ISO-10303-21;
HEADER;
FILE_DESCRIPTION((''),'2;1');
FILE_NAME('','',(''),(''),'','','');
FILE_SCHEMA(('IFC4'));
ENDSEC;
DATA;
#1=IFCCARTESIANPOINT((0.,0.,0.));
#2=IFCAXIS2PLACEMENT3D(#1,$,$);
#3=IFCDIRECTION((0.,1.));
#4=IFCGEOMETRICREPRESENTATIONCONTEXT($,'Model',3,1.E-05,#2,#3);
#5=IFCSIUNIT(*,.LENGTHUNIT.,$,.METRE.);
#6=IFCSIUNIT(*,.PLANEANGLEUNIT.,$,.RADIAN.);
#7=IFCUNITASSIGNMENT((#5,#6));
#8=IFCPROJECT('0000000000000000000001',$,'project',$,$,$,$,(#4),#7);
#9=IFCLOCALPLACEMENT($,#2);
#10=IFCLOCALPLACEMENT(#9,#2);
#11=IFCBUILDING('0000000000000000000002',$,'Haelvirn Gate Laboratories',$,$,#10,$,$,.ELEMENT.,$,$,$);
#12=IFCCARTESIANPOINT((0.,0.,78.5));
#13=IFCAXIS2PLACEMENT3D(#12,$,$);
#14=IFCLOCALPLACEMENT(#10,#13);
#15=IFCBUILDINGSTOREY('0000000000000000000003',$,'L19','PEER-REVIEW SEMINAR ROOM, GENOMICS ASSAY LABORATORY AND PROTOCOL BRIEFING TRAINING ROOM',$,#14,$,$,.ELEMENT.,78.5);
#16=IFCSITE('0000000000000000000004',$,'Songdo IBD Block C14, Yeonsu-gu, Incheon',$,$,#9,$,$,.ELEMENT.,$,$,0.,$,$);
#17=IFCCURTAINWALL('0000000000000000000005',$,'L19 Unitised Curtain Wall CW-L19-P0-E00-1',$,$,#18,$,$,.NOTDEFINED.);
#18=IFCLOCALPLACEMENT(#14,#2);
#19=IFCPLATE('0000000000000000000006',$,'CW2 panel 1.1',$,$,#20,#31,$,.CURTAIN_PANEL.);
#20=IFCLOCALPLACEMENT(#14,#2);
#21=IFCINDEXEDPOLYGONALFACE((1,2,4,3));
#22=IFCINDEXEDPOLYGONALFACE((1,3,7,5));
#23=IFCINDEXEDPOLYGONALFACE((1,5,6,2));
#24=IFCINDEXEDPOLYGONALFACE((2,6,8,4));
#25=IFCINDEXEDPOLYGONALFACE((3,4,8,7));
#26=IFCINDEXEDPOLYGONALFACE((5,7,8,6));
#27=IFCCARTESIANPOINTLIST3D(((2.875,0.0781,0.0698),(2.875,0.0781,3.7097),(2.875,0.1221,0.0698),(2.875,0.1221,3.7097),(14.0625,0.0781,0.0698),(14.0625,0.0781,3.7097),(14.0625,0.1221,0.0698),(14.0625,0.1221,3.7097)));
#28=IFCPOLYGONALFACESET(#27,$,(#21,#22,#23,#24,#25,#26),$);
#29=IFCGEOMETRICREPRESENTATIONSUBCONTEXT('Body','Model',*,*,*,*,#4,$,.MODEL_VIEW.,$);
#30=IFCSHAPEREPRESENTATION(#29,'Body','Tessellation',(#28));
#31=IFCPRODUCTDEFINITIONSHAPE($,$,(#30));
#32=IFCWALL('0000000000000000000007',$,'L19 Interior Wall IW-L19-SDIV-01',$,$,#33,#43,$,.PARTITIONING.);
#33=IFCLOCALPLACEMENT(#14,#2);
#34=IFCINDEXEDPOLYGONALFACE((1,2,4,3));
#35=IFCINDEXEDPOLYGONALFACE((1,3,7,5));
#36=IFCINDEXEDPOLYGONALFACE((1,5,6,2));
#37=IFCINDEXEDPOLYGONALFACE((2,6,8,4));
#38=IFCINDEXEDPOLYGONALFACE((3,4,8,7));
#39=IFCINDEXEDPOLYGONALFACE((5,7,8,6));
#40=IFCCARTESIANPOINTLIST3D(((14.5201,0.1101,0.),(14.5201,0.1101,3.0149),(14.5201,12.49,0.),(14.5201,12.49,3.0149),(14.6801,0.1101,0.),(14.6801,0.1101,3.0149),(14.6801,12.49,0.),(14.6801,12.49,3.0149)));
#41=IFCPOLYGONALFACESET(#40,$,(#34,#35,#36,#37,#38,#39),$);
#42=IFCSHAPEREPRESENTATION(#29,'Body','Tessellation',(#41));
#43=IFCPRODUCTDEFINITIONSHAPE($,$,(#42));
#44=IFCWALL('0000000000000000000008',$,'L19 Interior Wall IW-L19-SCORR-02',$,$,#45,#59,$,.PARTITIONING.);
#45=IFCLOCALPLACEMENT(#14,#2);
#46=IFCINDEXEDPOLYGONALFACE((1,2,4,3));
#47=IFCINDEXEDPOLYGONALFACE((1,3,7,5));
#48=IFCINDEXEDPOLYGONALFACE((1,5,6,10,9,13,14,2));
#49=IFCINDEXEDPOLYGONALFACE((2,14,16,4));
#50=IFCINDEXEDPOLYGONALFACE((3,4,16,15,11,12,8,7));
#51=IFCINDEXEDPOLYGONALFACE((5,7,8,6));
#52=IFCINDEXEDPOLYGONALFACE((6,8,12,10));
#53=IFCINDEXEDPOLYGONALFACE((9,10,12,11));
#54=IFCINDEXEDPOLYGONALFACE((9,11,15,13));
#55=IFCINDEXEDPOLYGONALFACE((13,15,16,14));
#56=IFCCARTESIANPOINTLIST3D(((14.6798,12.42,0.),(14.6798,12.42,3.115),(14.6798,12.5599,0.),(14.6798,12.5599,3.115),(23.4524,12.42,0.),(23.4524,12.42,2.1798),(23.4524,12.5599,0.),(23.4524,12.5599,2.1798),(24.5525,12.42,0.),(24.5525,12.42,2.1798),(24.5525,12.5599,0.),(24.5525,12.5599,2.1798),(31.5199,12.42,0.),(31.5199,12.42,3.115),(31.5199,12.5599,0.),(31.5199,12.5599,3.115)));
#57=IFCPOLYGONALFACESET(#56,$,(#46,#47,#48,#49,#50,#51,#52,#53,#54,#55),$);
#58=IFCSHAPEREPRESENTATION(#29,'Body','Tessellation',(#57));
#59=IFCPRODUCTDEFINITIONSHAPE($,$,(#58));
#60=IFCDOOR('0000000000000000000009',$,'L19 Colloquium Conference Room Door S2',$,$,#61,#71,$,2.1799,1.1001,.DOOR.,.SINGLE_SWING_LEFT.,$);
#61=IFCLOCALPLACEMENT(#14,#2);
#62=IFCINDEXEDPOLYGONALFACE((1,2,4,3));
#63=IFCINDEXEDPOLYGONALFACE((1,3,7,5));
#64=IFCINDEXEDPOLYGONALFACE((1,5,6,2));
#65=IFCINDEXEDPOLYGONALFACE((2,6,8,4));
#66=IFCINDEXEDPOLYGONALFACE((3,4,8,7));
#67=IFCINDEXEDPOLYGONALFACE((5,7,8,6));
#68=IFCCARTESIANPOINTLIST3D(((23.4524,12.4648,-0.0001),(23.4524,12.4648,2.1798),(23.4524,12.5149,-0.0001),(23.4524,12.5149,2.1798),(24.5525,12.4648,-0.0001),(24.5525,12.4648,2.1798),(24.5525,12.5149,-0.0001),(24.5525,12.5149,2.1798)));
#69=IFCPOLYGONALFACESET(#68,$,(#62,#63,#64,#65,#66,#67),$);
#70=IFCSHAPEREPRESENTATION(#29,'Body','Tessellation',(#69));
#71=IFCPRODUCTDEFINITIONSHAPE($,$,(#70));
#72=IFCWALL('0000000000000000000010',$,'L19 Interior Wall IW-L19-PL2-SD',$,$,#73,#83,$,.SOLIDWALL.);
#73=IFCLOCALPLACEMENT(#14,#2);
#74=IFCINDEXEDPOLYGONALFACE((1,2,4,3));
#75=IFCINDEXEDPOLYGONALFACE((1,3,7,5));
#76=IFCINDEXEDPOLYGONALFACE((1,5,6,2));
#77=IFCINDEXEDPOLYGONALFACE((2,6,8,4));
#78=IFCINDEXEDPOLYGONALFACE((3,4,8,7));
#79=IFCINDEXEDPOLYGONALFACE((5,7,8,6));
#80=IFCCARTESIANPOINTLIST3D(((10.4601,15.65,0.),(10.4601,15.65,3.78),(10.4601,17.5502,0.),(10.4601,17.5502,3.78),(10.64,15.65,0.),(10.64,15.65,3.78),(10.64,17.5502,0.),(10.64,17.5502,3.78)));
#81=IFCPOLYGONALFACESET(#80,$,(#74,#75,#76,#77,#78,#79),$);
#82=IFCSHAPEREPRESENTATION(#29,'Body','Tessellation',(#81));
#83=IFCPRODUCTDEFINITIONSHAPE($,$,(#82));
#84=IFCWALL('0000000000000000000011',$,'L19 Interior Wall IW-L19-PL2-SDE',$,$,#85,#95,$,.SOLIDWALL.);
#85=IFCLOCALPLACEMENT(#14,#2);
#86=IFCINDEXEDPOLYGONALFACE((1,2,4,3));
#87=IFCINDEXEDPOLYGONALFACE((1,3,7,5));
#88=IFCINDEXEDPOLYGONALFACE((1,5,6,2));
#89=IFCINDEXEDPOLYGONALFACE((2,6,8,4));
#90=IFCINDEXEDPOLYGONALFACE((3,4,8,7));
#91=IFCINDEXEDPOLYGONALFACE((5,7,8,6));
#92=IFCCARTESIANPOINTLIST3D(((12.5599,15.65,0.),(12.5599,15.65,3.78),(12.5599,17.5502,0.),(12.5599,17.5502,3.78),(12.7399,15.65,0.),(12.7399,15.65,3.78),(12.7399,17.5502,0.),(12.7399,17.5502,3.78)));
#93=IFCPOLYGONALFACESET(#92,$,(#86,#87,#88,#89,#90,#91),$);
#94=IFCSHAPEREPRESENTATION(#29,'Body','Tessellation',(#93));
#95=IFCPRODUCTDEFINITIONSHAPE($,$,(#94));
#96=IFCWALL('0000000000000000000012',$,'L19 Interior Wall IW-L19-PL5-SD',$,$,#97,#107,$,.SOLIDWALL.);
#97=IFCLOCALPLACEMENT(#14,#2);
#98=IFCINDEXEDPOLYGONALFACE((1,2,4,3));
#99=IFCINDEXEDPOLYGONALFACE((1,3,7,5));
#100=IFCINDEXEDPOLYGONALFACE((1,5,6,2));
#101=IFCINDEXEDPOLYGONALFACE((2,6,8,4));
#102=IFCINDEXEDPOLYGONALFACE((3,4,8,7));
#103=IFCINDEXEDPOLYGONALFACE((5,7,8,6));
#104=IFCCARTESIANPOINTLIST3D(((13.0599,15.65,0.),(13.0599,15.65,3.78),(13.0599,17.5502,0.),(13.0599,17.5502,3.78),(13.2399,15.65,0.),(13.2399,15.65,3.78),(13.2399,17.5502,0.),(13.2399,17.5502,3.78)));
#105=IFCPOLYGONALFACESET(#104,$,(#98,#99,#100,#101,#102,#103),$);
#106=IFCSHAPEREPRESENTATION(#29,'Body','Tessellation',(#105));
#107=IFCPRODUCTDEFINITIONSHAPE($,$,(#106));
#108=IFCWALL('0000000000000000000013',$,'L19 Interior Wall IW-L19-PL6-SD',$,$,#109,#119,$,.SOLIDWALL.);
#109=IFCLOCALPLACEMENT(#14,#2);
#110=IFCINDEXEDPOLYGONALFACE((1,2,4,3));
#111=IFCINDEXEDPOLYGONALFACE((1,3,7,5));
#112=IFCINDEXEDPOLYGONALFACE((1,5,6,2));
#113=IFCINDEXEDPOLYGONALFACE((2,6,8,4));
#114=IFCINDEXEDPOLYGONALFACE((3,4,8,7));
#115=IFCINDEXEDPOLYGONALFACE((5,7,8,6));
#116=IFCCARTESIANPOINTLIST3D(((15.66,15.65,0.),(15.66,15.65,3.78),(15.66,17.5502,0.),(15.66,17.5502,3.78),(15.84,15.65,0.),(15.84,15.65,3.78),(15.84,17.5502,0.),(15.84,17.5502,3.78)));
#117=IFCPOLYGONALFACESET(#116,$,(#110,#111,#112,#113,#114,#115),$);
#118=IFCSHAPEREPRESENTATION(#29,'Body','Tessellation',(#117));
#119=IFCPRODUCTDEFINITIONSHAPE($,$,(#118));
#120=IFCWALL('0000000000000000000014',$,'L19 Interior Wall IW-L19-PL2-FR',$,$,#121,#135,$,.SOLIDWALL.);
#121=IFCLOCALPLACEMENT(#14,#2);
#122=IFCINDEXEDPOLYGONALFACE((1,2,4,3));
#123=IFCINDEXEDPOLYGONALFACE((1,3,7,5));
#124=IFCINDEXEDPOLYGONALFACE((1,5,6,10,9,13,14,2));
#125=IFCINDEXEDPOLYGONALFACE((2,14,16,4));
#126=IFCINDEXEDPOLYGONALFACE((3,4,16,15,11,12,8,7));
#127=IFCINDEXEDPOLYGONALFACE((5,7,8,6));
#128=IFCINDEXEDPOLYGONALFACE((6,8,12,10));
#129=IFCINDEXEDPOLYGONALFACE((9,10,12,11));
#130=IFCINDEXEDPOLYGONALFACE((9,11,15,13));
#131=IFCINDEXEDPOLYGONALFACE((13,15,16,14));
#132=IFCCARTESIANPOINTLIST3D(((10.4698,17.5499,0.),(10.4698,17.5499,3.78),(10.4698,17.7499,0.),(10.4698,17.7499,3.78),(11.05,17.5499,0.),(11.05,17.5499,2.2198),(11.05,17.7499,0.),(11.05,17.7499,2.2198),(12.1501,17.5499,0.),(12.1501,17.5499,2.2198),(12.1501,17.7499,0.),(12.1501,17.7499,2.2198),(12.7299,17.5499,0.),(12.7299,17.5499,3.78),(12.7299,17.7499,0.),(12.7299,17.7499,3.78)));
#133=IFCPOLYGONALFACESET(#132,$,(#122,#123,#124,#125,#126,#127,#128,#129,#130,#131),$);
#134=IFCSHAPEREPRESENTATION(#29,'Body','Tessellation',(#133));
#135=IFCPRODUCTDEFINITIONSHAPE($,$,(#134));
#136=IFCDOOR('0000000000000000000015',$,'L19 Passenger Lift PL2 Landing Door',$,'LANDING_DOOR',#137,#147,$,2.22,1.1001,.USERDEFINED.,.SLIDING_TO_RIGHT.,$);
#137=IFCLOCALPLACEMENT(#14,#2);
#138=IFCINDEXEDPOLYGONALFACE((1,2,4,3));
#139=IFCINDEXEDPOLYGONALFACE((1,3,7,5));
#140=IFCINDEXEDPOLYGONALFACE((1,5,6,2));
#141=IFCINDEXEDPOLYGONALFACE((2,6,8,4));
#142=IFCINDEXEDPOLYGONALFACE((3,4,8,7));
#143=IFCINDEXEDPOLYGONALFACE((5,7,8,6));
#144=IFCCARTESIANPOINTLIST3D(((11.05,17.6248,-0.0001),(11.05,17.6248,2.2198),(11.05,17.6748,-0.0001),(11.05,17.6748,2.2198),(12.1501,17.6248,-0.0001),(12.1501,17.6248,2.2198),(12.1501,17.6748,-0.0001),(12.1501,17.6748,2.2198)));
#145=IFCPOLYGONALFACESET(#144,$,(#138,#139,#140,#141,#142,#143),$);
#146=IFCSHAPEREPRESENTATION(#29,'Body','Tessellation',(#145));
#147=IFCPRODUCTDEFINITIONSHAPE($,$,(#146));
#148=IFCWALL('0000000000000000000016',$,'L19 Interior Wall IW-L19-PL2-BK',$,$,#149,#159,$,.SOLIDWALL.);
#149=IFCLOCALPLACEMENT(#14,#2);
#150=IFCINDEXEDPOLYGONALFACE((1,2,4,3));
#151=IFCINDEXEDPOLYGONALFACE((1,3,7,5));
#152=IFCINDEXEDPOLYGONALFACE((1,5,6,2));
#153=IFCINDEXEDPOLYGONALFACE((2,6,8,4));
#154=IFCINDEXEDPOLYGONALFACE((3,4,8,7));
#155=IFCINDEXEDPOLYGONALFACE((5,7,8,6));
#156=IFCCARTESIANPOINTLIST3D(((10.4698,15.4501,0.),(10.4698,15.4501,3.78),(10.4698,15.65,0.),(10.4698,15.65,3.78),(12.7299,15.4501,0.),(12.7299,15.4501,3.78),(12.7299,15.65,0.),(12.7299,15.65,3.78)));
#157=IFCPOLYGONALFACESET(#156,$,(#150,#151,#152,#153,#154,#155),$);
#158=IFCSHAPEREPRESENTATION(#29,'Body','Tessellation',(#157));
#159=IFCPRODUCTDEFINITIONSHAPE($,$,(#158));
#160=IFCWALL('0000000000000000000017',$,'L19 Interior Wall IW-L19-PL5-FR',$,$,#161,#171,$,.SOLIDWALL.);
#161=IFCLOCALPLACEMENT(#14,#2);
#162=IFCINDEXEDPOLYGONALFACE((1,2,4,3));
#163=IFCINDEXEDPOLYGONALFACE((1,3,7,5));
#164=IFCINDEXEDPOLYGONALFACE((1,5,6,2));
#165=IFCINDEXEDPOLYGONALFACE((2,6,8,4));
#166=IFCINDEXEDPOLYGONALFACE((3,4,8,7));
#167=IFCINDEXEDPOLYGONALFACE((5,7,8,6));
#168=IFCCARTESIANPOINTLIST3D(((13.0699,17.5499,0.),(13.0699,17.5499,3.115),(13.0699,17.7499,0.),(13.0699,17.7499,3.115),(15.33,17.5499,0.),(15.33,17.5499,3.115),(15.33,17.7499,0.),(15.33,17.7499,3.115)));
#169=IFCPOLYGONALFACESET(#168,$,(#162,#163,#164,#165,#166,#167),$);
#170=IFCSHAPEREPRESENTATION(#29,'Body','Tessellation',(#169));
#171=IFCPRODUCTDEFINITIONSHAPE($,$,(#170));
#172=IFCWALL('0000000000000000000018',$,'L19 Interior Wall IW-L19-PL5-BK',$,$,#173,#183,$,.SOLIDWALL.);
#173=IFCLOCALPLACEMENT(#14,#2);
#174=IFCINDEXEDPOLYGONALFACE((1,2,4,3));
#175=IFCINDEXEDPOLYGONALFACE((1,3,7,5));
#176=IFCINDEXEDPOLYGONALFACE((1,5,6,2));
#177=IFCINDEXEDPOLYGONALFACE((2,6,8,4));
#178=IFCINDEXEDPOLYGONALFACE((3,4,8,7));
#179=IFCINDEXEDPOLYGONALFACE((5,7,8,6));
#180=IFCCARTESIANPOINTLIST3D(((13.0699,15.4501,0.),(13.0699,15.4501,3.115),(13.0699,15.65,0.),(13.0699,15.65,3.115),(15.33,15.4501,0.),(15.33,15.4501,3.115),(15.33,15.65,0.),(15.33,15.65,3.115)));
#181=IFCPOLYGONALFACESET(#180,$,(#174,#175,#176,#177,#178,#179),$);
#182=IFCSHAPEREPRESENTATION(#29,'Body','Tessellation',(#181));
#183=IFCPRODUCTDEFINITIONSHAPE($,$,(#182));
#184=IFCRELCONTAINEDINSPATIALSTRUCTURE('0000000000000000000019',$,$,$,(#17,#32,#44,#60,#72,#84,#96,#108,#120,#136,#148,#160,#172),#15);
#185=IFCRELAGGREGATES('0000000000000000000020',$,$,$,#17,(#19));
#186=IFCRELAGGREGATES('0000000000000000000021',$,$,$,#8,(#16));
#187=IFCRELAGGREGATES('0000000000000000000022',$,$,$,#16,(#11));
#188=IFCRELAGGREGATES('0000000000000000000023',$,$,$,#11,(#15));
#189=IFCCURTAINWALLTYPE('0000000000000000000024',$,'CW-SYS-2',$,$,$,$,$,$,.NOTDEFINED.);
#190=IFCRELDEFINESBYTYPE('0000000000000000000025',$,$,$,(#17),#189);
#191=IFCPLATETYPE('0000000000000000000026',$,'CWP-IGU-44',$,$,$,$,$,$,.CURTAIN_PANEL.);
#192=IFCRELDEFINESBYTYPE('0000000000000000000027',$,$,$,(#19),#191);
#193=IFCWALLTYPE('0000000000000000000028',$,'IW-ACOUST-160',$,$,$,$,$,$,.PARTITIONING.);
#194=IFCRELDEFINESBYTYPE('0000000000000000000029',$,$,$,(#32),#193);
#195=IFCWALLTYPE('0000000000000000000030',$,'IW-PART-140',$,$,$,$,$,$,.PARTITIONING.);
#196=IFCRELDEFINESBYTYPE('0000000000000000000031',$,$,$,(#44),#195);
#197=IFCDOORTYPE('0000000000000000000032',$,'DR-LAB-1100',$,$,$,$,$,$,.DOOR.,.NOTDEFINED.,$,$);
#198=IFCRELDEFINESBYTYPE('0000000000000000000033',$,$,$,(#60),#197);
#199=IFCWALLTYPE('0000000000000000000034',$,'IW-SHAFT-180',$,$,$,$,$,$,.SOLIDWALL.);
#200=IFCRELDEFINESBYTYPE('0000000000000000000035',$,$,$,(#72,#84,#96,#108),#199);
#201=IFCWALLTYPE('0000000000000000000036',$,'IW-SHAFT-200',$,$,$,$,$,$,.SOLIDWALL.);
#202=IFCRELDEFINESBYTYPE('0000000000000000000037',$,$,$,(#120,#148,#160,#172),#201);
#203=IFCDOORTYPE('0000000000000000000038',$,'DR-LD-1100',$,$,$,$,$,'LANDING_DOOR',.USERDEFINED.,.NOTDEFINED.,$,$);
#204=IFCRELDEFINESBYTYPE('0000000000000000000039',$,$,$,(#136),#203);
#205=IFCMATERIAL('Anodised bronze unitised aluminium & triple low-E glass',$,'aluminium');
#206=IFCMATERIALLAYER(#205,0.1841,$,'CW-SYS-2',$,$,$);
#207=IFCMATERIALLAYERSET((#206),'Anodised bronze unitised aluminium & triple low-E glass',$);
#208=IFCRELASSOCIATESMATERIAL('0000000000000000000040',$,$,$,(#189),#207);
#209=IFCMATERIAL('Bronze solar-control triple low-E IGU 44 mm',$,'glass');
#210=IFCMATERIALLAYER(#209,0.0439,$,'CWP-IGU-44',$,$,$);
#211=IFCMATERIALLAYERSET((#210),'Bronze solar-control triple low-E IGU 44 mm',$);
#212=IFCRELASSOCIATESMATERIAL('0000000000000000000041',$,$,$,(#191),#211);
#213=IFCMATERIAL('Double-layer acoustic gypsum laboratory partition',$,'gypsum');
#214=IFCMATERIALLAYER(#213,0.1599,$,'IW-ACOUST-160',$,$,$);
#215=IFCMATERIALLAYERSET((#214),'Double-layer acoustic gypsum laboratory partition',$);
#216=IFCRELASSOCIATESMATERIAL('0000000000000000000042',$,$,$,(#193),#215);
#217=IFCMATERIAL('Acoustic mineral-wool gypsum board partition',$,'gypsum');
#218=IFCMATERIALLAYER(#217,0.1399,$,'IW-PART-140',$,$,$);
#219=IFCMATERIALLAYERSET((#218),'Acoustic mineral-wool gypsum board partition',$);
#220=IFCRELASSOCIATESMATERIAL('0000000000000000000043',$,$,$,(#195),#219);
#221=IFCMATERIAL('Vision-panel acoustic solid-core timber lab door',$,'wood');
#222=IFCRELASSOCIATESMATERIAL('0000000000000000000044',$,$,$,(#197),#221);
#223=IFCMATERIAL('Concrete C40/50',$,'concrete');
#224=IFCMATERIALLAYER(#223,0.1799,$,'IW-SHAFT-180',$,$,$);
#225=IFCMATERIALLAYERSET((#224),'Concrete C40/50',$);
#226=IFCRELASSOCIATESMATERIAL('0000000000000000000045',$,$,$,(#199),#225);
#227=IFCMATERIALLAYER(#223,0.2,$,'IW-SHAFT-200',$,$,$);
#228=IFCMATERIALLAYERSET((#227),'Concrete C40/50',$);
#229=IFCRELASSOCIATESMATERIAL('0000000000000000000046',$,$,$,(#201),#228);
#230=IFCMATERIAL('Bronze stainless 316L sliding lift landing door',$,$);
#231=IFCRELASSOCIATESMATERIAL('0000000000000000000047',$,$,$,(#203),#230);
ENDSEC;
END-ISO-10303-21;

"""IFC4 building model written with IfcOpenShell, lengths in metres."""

from ifc_helpers import new_model, si_unit, direction, frame, frame_2d, origin, origin_2d, place, context, subcontext, project, spatial, rectangle, extrude, source, transform, mapped, material, layer, layer_set, type_object, type_shapes, element, fill, aggregate, save


model = new_model("IFC4")

# Units and contexts
model_context = context("Model", 3, precision=1e-05, world=origin(), true_north=direction((0.0, 1.0)))
body_context = subcontext(model_context, "Body", "Model", "MODEL_VIEW")
ifc_project = project(units=[si_unit("LENGTHUNIT", "METRE"), si_unit("PLANEANGLEUNIT", "RADIAN")], contexts=[model_context])

# Site, building, storey
site_placement = place(None, origin())
site = spatial("IfcSite", under=ifc_project, at=site_placement, Name="Songdo IBD Block C14, Yeonsu-gu, Incheon", CompositionType="ELEMENT", RefElevation=0.0)
building_placement = place(site_placement, origin())
building = spatial("IfcBuilding", under=site, at=building_placement, Name="Haelvirn Gate Laboratories", CompositionType="ELEMENT")
storey_placement = place(building_placement, frame((0.0, 0.0, 78.5)))
storey = spatial("IfcBuildingStorey", under=building, at=storey_placement, Name="L19", Description="PEER-REVIEW SEMINAR ROOM, GENOMICS ASSAY LABORATORY AND PROTOCOL BRIEFING TRAINING ROOM", CompositionType="ELEMENT", Elevation=78.5)

# Curtain wall, plate
ifc_material_1 = material(Name="Anodised bronze unitised aluminium & triple low-E glass", Category="aluminium")
ifc_layer_1 = layer(ifc_material_1, 0.1841, Name="CW-SYS-2")
ifc_layer_set_1 = layer_set([ifc_layer_1], Name="Anodised bronze unitised aluminium & triple low-E glass")
curtain_wall_type = type_object("IfcCurtainWallType", Name="CW-SYS-2", PredefinedType="NOTDEFINED", material=ifc_layer_set_1)
curtain_wall_placement = place(storey_placement, origin())
curtain_wall = element("IfcCurtainWall", 1, at=curtain_wall_placement, inside=storey, type_object=curtain_wall_type, Name="L19 Unitised Curtain Wall CW-L19-P0-E00-1", PredefinedType="NOTDEFINED")
ifc_material_2 = material(Name="Bronze solar-control triple low-E IGU 44 mm", Category="glass")
ifc_layer_2 = layer(ifc_material_2, 0.0439, Name="CWP-IGU-44")
ifc_layer_set_2 = layer_set([ifc_layer_2], Name="Bronze solar-control triple low-E IGU 44 mm")
plate_type = type_object("IfcPlateType", Name="CWP-IGU-44", PredefinedType="CURTAIN_PANEL", material=ifc_layer_set_2)
shared_shape_1 = source(origin(), body_context, "Body", "SweptSolid", [
    extrude(rectangle(XDim=11.1875, YDim=0.0439, at=origin_2d()), origin(), (0.0, 0.0, 1.0), 3.6399),
])
type_shapes(plate_type, [shared_shape_1])
plate_placement = place(storey_placement, frame((8.4688, 0.1001, 0.0698), z_axis=(0.0, 0.0, 1.0), x_axis=(1.0, 0.0, 0.0)))
plate = element("IfcPlate", 2, at=plate_placement, type_object=plate_type, Name="CW2 panel 1.1", PredefinedType="CURTAIN_PANEL", context=body_context, shape_type="MappedRepresentation", body=[
    mapped(shared_shape_1, transform((0.0, 0.0, 0.0), scale=1.0)),
])
aggregate(curtain_wall, [plate])

# Wall
ifc_material_3 = material(Name="Double-layer acoustic gypsum laboratory partition", Category="gypsum")
ifc_layer_3 = layer(ifc_material_3, 0.1599, Name="IW-ACOUST-160")
ifc_layer_set_3 = layer_set([ifc_layer_3], Name="Double-layer acoustic gypsum laboratory partition")
wall_type_1 = type_object("IfcWallType", Name="IW-ACOUST-160", PredefinedType="PARTITIONING", material=ifc_layer_set_3)
wall_1_placement = place(storey_placement, frame((14.6001, 0.1101, 0.0), z_axis=(0.0, 0.0, 1.0), x_axis=(0.0, 1.0, 0.0)))
element("IfcWall", 3, at=wall_1_placement, inside=storey, type_object=wall_type_1, Name="L19 Interior Wall IW-L19-SDIV-01", PredefinedType="PARTITIONING", context=body_context, shape_type="SweptSolid", body=[
    extrude(rectangle(XDim=12.3799, YDim=0.1599, at=frame_2d((6.1899, 0.0))), origin(), (0.0, 0.0, 1.0), 3.0149),
])

# Wall, opening, door
ifc_material_4 = material(Name="Acoustic mineral-wool gypsum board partition", Category="gypsum")
ifc_layer_4 = layer(ifc_material_4, 0.1399, Name="IW-PART-140")
ifc_layer_set_4 = layer_set([ifc_layer_4], Name="Acoustic mineral-wool gypsum board partition")
wall_type_2 = type_object("IfcWallType", Name="IW-PART-140", PredefinedType="PARTITIONING", material=ifc_layer_set_4)
wall_2_placement = place(storey_placement, frame((14.6799, 12.49, 0.0), z_axis=(0.0, 0.0, 1.0), x_axis=(1.0, 0.0, 0.0)))
wall_2 = element("IfcWall", 4, at=wall_2_placement, inside=storey, type_object=wall_type_2, Name="L19 Interior Wall IW-L19-SCORR-02", PredefinedType="PARTITIONING", context=body_context, shape_type="SweptSolid", body=[
    extrude(rectangle(XDim=16.8401, YDim=0.1399, at=frame_2d((8.4199, 0.0))), origin(), (0.0, 0.0, 1.0), 3.115),
])
opening_1_placement = place(wall_2_placement, frame((8.7725, 0.0, 0.0)))
opening_1 = element("IfcOpeningElement", 5, at=opening_1_placement, cuts=wall_2, PredefinedType="OPENING", context=body_context, shape_type="SweptSolid", body=[
    extrude(rectangle(XDim=1.1001, YDim=2.1799, at=frame_2d((0.55, 1.0898))), frame((0.0, 0.0801, 0.0), z_axis=(0.0, -1.0, 0.0), x_axis=(1.0, 0.0, 0.0)), (0.0, 0.0, 1.0), 0.1599),
])
ifc_material_5 = material(Name="Vision-panel acoustic solid-core timber lab door", Category="wood")
door_type_1 = type_object("IfcDoorType", Name="DR-LAB-1100", OperationType="NOTDEFINED", PredefinedType="DOOR", material=ifc_material_5)
shared_shape_2 = source(origin(), body_context, "Body", "SweptSolid", [
    extrude(rectangle(XDim=1.1001, YDim=2.1799, at=frame_2d((0.55, 1.0898))), frame((0.0, 0.0249, 0.0), z_axis=(0.0, -1.0, 0.0), x_axis=(1.0, 0.0, 0.0)), (0.0, 0.0, 1.0), 0.05),
])
type_shapes(door_type_1, [shared_shape_2])
door_1_placement = place(opening_1_placement, origin())
door_1 = element("IfcDoor", 6, at=door_1_placement, inside=storey, type_object=door_type_1, Name="L19 Colloquium Conference Room Door S2", OperationType="SINGLE_SWING_LEFT", OverallHeight=2.1799, OverallWidth=1.1001, PredefinedType="DOOR", context=body_context, shape_type="MappedRepresentation", body=[
    mapped(shared_shape_2, transform((0.0, 0.0, 0.0), scale=1.0)),
])
fill(opening_1, door_1)

# Walls
ifc_material_6 = material(Name="Concrete C40/50", Category="concrete")
ifc_layer_5 = layer(ifc_material_6, 0.1799, Name="IW-SHAFT-180")
ifc_layer_set_5 = layer_set([ifc_layer_5], Name="Concrete C40/50")
wall_type_3 = type_object("IfcWallType", Name="IW-SHAFT-180", PredefinedType="SOLIDWALL", material=ifc_layer_set_5)
for number, where, z_axis, x_axis, name in (
    (7, (10.55, 15.6499, 0.0), (0.0, 0.0, 1.0), (0.0, 1.0, 0.0), "L19 Interior Wall IW-L19-PL2-SD"),
    (8, (12.6499, 15.6499, 0.0), (0.0, 0.0, 1.0), (0.0, 1.0, 0.0), "L19 Interior Wall IW-L19-PL2-SDE"),
    (9, (13.1499, 15.6499, 0.0), (0.0, 0.0, 1.0), (0.0, 1.0, 0.0), "L19 Interior Wall IW-L19-PL5-SD"),
    (10, (15.75, 15.6499, 0.0), (0.0, 0.0, 1.0), (0.0, 1.0, 0.0), "L19 Interior Wall IW-L19-PL6-SD"),
):
    element("IfcWall", number, at=place(storey_placement, frame(where, z_axis=z_axis, x_axis=x_axis)), inside=storey, type_object=wall_type_3, Name=name, PredefinedType="SOLIDWALL", context=body_context, shape_type="SweptSolid", body=[
        extrude(rectangle(XDim=1.9001, YDim=0.1799, at=frame_2d((0.9502, 0.0))), origin(), (0.0, 0.0, 1.0), 3.78),
    ])

# Wall, opening, door
ifc_layer_6 = layer(ifc_material_6, 0.2, Name="IW-SHAFT-200")
ifc_layer_set_6 = layer_set([ifc_layer_6], Name="Concrete C40/50")
wall_type_4 = type_object("IfcWallType", Name="IW-SHAFT-200", PredefinedType="SOLIDWALL", material=ifc_layer_set_6)
wall_3_placement = place(storey_placement, frame((10.47, 17.6499, 0.0), z_axis=(0.0, 0.0, 1.0), x_axis=(1.0, 0.0, 0.0)))
wall_3 = element("IfcWall", 11, at=wall_3_placement, inside=storey, type_object=wall_type_4, Name="L19 Interior Wall IW-L19-PL2-FR", PredefinedType="SOLIDWALL", context=body_context, shape_type="SweptSolid", body=[
    extrude(rectangle(XDim=2.26, YDim=0.2, at=frame_2d((1.1299, 0.0))), origin(), (0.0, 0.0, 1.0), 3.78),
])
opening_2_placement = place(wall_3_placement, frame((0.5801, 0.0, 0.0)))
opening_2 = element("IfcOpeningElement", 12, at=opening_2_placement, cuts=wall_3, PredefinedType="OPENING", context=body_context, shape_type="SweptSolid", body=[
    extrude(rectangle(XDim=1.1001, YDim=2.22, at=frame_2d((0.55, 1.1099))), frame((0.0, 0.1099, 0.0), z_axis=(0.0, -1.0, 0.0), x_axis=(1.0, 0.0, 0.0)), (0.0, 0.0, 1.0), 0.22),
])
ifc_material_7 = material(Name="Bronze stainless 316L sliding lift landing door")
door_type_2 = type_object("IfcDoorType", Name="DR-LD-1100", ElementType="LANDING_DOOR", OperationType="NOTDEFINED", PredefinedType="USERDEFINED", material=ifc_material_7)
shared_shape_3 = source(origin(), body_context, "Body", "SweptSolid", [
    extrude(rectangle(XDim=1.1001, YDim=2.22, at=frame_2d((0.55, 1.1099))), frame((0.0, 0.0249, 0.0), z_axis=(0.0, -1.0, 0.0), x_axis=(1.0, 0.0, 0.0)), (0.0, 0.0, 1.0), 0.05),
])
type_shapes(door_type_2, [shared_shape_3])
door_2_placement = place(opening_2_placement, origin())
door_2 = element("IfcDoor", 13, at=door_2_placement, inside=storey, type_object=door_type_2, Name="L19 Passenger Lift PL2 Landing Door", ObjectType="LANDING_DOOR", OperationType="SLIDING_TO_RIGHT", OverallHeight=2.22, OverallWidth=1.1001, PredefinedType="USERDEFINED", context=body_context, shape_type="MappedRepresentation", body=[
    mapped(shared_shape_3, transform((0.0, 0.0, 0.0), scale=1.0)),
])
fill(opening_2, door_2)

# Walls
wall_4_placement = place(storey_placement, frame((10.47, 15.55, 0.0), z_axis=(0.0, 0.0, 1.0), x_axis=(1.0, 0.0, 0.0)))
element("IfcWall", 14, at=wall_4_placement, inside=storey, type_object=wall_type_4, Name="L19 Interior Wall IW-L19-PL2-BK", PredefinedType="SOLIDWALL", context=body_context, shape_type="SweptSolid", body=[
    extrude(rectangle(XDim=2.26, YDim=0.2, at=frame_2d((1.1299, 0.0))), origin(), (0.0, 0.0, 1.0), 3.78),
])
for number, where, z_axis, x_axis, name in (
    (15, (13.0701, 17.6499, 0.0), (0.0, 0.0, 1.0), (1.0, 0.0, 0.0), "L19 Interior Wall IW-L19-PL5-FR"),
    (16, (13.0701, 15.55, 0.0), (0.0, 0.0, 1.0), (1.0, 0.0, 0.0), "L19 Interior Wall IW-L19-PL5-BK"),
):
    element("IfcWall", number, at=place(storey_placement, frame(where, z_axis=z_axis, x_axis=x_axis)), inside=storey, type_object=wall_type_4, Name=name, PredefinedType="SOLIDWALL", context=body_context, shape_type="SweptSolid", body=[
        extrude(rectangle(XDim=2.26, YDim=0.2, at=frame_2d((1.1299, 0.0))), origin(), (0.0, 0.0, 1.0), 3.115),
    ])

save(model, "model.ifc")
